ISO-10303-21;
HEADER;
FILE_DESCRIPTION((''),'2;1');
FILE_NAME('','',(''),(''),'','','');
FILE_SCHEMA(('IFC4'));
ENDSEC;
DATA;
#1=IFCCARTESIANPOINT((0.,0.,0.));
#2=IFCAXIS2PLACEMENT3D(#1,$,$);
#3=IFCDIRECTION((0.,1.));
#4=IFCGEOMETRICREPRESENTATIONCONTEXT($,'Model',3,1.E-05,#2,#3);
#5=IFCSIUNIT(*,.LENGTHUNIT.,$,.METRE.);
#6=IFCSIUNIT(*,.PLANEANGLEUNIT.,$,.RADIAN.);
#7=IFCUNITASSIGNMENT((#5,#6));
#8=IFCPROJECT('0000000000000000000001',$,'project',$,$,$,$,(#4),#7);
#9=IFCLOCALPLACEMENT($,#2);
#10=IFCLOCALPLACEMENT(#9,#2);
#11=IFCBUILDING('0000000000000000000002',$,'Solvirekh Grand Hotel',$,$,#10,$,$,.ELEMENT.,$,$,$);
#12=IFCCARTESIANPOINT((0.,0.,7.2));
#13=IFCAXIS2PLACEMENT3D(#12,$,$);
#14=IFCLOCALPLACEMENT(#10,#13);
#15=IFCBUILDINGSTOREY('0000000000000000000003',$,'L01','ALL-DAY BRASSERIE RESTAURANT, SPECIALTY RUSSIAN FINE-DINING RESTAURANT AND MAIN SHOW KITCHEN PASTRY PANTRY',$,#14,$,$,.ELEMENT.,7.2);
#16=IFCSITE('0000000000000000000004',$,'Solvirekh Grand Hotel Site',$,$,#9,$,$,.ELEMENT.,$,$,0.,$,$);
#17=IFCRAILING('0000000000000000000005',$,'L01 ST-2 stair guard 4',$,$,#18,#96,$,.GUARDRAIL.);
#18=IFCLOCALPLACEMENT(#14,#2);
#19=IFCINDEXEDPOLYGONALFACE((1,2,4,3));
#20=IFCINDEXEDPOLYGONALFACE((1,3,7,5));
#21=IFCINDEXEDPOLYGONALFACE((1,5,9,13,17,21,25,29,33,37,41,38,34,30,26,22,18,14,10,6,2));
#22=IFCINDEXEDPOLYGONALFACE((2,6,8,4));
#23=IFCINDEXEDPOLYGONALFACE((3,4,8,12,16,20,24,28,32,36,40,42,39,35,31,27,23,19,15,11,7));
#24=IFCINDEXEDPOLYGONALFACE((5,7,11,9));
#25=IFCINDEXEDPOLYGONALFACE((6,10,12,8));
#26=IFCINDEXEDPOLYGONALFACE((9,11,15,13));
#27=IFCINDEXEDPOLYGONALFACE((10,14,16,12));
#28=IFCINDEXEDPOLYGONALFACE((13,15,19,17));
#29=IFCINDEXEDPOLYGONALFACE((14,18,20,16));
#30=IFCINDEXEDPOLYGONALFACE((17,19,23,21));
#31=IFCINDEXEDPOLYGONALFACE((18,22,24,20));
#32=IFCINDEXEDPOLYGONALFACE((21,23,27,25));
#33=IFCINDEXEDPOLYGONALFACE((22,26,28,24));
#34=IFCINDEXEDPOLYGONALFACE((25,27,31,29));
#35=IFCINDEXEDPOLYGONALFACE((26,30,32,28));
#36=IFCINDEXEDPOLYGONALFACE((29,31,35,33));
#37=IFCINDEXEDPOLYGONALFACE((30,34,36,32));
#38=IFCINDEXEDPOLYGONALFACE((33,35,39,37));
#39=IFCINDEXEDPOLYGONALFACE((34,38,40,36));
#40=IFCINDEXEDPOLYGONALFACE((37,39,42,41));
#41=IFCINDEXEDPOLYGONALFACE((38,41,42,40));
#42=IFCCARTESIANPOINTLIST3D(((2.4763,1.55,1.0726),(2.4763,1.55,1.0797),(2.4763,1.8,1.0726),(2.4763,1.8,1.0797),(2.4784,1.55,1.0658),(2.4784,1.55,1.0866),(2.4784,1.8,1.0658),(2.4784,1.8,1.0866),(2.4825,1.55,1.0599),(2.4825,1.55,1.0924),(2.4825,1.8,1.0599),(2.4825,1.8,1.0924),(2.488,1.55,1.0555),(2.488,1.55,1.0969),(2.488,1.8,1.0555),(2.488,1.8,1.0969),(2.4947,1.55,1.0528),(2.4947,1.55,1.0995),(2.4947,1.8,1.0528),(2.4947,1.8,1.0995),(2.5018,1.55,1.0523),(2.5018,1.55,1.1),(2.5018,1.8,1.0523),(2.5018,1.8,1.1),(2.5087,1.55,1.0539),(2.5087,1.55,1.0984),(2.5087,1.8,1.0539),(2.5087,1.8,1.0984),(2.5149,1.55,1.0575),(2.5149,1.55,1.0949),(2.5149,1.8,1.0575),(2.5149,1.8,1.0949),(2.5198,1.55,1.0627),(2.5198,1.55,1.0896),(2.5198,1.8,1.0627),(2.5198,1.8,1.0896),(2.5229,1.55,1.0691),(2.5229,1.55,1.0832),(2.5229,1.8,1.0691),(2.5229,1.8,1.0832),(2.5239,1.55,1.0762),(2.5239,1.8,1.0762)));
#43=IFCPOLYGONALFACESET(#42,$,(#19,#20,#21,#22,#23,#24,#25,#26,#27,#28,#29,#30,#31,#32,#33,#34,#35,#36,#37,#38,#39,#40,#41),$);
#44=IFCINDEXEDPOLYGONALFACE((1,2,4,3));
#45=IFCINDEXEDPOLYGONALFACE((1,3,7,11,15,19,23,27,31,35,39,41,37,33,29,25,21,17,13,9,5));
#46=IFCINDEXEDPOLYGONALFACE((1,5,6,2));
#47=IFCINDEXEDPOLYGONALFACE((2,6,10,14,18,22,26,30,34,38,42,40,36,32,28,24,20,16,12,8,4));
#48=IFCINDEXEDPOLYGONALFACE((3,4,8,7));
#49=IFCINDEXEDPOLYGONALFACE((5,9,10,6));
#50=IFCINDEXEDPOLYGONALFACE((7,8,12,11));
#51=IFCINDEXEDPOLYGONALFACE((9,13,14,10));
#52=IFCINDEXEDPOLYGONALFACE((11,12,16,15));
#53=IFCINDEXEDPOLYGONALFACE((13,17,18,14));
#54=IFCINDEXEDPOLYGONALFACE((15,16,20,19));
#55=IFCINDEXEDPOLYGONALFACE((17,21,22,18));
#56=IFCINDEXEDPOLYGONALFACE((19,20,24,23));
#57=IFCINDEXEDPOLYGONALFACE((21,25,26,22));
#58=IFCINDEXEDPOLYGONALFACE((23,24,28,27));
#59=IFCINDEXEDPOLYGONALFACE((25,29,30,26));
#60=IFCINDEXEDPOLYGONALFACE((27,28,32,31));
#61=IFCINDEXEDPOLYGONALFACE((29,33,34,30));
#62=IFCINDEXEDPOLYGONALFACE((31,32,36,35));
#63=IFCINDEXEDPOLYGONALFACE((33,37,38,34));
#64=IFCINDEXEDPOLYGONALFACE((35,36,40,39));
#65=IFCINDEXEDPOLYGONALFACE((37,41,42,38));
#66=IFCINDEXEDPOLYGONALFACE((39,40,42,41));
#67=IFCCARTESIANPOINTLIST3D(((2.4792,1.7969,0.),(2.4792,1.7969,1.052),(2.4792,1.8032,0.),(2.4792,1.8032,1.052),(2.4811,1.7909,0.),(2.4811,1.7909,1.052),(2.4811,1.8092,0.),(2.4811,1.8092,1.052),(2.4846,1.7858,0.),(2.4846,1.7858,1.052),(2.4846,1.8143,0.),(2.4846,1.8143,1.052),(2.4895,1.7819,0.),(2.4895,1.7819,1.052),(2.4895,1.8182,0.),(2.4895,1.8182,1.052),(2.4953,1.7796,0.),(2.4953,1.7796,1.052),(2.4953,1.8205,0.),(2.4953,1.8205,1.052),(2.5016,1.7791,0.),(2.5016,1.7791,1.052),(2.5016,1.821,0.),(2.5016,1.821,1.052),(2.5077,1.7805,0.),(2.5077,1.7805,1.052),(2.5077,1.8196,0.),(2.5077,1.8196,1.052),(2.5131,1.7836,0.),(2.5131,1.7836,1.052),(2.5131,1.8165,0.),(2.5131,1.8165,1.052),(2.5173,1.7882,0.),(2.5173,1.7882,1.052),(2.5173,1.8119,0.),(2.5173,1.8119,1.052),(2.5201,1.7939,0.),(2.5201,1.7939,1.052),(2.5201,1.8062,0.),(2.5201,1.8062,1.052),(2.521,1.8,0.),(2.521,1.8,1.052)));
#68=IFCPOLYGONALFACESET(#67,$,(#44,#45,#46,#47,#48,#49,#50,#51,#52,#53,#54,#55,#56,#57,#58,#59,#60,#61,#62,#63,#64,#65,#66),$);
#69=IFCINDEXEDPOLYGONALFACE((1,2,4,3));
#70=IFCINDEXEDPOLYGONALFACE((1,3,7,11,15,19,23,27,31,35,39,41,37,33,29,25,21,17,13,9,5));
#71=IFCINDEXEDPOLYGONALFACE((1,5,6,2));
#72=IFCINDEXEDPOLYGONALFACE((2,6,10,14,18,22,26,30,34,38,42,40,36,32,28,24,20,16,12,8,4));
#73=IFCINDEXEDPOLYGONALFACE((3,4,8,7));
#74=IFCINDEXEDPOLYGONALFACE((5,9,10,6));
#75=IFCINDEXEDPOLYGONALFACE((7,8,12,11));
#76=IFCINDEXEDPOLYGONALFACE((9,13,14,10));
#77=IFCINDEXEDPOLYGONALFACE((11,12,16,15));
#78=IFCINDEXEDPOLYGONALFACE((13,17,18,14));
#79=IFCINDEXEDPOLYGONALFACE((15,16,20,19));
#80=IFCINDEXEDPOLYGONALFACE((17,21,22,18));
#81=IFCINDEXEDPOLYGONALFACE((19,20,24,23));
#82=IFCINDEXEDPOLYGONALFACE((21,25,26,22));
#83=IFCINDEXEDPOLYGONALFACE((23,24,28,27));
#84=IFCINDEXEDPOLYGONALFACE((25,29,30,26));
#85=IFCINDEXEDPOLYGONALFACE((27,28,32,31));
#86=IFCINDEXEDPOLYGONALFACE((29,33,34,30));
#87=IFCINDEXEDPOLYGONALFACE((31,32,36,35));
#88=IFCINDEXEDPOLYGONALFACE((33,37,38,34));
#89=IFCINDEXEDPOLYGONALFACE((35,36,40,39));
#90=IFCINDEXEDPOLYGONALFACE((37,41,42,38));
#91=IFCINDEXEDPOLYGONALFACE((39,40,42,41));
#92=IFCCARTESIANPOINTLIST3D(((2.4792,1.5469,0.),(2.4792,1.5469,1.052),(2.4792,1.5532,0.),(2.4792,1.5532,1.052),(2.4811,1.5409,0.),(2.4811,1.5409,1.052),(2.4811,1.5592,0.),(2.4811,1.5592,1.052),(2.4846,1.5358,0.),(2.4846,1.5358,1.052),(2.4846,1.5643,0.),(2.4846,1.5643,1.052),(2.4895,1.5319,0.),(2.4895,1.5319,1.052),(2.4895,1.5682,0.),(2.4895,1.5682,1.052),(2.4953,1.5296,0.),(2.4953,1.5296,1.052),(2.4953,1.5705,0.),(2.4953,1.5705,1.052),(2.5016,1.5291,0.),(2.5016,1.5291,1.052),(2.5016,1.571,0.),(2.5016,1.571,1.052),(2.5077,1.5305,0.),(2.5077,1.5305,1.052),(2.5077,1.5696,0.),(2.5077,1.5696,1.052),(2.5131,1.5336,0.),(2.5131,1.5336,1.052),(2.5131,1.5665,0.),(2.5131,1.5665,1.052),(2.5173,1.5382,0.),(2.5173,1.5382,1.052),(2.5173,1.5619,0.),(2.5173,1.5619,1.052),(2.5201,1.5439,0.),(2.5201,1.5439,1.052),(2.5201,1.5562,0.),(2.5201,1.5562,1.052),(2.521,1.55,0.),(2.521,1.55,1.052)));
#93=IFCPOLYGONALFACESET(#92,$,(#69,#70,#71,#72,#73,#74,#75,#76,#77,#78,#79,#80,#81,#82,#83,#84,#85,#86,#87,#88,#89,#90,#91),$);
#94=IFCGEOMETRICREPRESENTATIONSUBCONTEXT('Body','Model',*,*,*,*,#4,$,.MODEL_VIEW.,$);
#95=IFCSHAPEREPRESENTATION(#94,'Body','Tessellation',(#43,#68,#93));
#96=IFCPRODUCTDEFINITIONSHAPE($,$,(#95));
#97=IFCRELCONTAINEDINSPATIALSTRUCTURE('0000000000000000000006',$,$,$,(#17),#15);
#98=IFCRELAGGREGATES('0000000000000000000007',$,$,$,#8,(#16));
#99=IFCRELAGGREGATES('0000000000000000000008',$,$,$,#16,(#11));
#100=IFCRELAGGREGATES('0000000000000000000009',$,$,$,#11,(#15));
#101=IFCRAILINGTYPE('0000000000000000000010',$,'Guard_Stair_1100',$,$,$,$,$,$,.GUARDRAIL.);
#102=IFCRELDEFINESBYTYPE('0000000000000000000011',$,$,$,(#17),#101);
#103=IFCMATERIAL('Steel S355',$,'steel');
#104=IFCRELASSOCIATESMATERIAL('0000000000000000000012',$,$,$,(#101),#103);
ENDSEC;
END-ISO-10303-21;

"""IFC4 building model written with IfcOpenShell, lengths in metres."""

from ifc_helpers import new_model, si_unit, direction, frame, origin, origin_2d, place, context, subcontext, project, spatial, circle, extrude, material, type_object, element, save


model = new_model("IFC4")

# Units and contexts
model_context = context("Model", 3, precision=1e-05, world=origin(), true_north=direction((0.0, 1.0)))
body_context = subcontext(model_context, "Body", "Model", "MODEL_VIEW")
ifc_project = project(units=[si_unit("LENGTHUNIT", "METRE"), si_unit("PLANEANGLEUNIT", "RADIAN")], contexts=[model_context])

# Site, building, storey
site_placement = place(None, origin())
site = spatial("IfcSite", under=ifc_project, at=site_placement, Name="Solvirekh Grand Hotel Site", CompositionType="ELEMENT", RefElevation=0.0)
building_placement = place(site_placement, origin())
building = spatial("IfcBuilding", under=site, at=building_placement, Name="Solvirekh Grand Hotel", CompositionType="ELEMENT")
storey_placement = place(building_placement, frame((0.0, 0.0, 7.2)))
storey = spatial("IfcBuildingStorey", under=building, at=storey_placement, Name="L01", Description="ALL-DAY BRASSERIE RESTAURANT, SPECIALTY RUSSIAN FINE-DINING RESTAURANT AND MAIN SHOW KITCHEN PASTRY PANTRY", CompositionType="ELEMENT", Elevation=7.2)

# Railing
ifc_material_1 = material(Name="Steel S355", Category="steel")
railing_type_1 = type_object("IfcRailingType", Name="Guard_Stair_1100", PredefinedType="GUARDRAIL", material=ifc_material_1)
railing_1_placement = place(storey_placement, frame((2.5, 1.8, 0.0)))
element("IfcRailing", 1, at=railing_1_placement, inside=storey, type_object=railing_type_1, Name="L01 ST-2 stair guard 4", PredefinedType="GUARDRAIL", context=body_context, shape_type="SweptSolid", body=[
    extrude(circle(Radius=0.0239, at=origin_2d()), frame((0.0, 0.0, 1.0762), z_axis=(0.0, -1.0, 0.0), x_axis=(1.0, 0.0, 0.0)), (0.0, 0.0, 1.0), 0.25),
    extrude(circle(Radius=0.021, at=origin_2d()), origin(), (0.0, 0.0, 1.0), 1.052),
    extrude(circle(Radius=0.021, at=origin_2d()), frame((0.0, -0.25, 0.0)), (0.0, 0.0, 1.0), 1.052),
])

save(model, "model.ifc")
